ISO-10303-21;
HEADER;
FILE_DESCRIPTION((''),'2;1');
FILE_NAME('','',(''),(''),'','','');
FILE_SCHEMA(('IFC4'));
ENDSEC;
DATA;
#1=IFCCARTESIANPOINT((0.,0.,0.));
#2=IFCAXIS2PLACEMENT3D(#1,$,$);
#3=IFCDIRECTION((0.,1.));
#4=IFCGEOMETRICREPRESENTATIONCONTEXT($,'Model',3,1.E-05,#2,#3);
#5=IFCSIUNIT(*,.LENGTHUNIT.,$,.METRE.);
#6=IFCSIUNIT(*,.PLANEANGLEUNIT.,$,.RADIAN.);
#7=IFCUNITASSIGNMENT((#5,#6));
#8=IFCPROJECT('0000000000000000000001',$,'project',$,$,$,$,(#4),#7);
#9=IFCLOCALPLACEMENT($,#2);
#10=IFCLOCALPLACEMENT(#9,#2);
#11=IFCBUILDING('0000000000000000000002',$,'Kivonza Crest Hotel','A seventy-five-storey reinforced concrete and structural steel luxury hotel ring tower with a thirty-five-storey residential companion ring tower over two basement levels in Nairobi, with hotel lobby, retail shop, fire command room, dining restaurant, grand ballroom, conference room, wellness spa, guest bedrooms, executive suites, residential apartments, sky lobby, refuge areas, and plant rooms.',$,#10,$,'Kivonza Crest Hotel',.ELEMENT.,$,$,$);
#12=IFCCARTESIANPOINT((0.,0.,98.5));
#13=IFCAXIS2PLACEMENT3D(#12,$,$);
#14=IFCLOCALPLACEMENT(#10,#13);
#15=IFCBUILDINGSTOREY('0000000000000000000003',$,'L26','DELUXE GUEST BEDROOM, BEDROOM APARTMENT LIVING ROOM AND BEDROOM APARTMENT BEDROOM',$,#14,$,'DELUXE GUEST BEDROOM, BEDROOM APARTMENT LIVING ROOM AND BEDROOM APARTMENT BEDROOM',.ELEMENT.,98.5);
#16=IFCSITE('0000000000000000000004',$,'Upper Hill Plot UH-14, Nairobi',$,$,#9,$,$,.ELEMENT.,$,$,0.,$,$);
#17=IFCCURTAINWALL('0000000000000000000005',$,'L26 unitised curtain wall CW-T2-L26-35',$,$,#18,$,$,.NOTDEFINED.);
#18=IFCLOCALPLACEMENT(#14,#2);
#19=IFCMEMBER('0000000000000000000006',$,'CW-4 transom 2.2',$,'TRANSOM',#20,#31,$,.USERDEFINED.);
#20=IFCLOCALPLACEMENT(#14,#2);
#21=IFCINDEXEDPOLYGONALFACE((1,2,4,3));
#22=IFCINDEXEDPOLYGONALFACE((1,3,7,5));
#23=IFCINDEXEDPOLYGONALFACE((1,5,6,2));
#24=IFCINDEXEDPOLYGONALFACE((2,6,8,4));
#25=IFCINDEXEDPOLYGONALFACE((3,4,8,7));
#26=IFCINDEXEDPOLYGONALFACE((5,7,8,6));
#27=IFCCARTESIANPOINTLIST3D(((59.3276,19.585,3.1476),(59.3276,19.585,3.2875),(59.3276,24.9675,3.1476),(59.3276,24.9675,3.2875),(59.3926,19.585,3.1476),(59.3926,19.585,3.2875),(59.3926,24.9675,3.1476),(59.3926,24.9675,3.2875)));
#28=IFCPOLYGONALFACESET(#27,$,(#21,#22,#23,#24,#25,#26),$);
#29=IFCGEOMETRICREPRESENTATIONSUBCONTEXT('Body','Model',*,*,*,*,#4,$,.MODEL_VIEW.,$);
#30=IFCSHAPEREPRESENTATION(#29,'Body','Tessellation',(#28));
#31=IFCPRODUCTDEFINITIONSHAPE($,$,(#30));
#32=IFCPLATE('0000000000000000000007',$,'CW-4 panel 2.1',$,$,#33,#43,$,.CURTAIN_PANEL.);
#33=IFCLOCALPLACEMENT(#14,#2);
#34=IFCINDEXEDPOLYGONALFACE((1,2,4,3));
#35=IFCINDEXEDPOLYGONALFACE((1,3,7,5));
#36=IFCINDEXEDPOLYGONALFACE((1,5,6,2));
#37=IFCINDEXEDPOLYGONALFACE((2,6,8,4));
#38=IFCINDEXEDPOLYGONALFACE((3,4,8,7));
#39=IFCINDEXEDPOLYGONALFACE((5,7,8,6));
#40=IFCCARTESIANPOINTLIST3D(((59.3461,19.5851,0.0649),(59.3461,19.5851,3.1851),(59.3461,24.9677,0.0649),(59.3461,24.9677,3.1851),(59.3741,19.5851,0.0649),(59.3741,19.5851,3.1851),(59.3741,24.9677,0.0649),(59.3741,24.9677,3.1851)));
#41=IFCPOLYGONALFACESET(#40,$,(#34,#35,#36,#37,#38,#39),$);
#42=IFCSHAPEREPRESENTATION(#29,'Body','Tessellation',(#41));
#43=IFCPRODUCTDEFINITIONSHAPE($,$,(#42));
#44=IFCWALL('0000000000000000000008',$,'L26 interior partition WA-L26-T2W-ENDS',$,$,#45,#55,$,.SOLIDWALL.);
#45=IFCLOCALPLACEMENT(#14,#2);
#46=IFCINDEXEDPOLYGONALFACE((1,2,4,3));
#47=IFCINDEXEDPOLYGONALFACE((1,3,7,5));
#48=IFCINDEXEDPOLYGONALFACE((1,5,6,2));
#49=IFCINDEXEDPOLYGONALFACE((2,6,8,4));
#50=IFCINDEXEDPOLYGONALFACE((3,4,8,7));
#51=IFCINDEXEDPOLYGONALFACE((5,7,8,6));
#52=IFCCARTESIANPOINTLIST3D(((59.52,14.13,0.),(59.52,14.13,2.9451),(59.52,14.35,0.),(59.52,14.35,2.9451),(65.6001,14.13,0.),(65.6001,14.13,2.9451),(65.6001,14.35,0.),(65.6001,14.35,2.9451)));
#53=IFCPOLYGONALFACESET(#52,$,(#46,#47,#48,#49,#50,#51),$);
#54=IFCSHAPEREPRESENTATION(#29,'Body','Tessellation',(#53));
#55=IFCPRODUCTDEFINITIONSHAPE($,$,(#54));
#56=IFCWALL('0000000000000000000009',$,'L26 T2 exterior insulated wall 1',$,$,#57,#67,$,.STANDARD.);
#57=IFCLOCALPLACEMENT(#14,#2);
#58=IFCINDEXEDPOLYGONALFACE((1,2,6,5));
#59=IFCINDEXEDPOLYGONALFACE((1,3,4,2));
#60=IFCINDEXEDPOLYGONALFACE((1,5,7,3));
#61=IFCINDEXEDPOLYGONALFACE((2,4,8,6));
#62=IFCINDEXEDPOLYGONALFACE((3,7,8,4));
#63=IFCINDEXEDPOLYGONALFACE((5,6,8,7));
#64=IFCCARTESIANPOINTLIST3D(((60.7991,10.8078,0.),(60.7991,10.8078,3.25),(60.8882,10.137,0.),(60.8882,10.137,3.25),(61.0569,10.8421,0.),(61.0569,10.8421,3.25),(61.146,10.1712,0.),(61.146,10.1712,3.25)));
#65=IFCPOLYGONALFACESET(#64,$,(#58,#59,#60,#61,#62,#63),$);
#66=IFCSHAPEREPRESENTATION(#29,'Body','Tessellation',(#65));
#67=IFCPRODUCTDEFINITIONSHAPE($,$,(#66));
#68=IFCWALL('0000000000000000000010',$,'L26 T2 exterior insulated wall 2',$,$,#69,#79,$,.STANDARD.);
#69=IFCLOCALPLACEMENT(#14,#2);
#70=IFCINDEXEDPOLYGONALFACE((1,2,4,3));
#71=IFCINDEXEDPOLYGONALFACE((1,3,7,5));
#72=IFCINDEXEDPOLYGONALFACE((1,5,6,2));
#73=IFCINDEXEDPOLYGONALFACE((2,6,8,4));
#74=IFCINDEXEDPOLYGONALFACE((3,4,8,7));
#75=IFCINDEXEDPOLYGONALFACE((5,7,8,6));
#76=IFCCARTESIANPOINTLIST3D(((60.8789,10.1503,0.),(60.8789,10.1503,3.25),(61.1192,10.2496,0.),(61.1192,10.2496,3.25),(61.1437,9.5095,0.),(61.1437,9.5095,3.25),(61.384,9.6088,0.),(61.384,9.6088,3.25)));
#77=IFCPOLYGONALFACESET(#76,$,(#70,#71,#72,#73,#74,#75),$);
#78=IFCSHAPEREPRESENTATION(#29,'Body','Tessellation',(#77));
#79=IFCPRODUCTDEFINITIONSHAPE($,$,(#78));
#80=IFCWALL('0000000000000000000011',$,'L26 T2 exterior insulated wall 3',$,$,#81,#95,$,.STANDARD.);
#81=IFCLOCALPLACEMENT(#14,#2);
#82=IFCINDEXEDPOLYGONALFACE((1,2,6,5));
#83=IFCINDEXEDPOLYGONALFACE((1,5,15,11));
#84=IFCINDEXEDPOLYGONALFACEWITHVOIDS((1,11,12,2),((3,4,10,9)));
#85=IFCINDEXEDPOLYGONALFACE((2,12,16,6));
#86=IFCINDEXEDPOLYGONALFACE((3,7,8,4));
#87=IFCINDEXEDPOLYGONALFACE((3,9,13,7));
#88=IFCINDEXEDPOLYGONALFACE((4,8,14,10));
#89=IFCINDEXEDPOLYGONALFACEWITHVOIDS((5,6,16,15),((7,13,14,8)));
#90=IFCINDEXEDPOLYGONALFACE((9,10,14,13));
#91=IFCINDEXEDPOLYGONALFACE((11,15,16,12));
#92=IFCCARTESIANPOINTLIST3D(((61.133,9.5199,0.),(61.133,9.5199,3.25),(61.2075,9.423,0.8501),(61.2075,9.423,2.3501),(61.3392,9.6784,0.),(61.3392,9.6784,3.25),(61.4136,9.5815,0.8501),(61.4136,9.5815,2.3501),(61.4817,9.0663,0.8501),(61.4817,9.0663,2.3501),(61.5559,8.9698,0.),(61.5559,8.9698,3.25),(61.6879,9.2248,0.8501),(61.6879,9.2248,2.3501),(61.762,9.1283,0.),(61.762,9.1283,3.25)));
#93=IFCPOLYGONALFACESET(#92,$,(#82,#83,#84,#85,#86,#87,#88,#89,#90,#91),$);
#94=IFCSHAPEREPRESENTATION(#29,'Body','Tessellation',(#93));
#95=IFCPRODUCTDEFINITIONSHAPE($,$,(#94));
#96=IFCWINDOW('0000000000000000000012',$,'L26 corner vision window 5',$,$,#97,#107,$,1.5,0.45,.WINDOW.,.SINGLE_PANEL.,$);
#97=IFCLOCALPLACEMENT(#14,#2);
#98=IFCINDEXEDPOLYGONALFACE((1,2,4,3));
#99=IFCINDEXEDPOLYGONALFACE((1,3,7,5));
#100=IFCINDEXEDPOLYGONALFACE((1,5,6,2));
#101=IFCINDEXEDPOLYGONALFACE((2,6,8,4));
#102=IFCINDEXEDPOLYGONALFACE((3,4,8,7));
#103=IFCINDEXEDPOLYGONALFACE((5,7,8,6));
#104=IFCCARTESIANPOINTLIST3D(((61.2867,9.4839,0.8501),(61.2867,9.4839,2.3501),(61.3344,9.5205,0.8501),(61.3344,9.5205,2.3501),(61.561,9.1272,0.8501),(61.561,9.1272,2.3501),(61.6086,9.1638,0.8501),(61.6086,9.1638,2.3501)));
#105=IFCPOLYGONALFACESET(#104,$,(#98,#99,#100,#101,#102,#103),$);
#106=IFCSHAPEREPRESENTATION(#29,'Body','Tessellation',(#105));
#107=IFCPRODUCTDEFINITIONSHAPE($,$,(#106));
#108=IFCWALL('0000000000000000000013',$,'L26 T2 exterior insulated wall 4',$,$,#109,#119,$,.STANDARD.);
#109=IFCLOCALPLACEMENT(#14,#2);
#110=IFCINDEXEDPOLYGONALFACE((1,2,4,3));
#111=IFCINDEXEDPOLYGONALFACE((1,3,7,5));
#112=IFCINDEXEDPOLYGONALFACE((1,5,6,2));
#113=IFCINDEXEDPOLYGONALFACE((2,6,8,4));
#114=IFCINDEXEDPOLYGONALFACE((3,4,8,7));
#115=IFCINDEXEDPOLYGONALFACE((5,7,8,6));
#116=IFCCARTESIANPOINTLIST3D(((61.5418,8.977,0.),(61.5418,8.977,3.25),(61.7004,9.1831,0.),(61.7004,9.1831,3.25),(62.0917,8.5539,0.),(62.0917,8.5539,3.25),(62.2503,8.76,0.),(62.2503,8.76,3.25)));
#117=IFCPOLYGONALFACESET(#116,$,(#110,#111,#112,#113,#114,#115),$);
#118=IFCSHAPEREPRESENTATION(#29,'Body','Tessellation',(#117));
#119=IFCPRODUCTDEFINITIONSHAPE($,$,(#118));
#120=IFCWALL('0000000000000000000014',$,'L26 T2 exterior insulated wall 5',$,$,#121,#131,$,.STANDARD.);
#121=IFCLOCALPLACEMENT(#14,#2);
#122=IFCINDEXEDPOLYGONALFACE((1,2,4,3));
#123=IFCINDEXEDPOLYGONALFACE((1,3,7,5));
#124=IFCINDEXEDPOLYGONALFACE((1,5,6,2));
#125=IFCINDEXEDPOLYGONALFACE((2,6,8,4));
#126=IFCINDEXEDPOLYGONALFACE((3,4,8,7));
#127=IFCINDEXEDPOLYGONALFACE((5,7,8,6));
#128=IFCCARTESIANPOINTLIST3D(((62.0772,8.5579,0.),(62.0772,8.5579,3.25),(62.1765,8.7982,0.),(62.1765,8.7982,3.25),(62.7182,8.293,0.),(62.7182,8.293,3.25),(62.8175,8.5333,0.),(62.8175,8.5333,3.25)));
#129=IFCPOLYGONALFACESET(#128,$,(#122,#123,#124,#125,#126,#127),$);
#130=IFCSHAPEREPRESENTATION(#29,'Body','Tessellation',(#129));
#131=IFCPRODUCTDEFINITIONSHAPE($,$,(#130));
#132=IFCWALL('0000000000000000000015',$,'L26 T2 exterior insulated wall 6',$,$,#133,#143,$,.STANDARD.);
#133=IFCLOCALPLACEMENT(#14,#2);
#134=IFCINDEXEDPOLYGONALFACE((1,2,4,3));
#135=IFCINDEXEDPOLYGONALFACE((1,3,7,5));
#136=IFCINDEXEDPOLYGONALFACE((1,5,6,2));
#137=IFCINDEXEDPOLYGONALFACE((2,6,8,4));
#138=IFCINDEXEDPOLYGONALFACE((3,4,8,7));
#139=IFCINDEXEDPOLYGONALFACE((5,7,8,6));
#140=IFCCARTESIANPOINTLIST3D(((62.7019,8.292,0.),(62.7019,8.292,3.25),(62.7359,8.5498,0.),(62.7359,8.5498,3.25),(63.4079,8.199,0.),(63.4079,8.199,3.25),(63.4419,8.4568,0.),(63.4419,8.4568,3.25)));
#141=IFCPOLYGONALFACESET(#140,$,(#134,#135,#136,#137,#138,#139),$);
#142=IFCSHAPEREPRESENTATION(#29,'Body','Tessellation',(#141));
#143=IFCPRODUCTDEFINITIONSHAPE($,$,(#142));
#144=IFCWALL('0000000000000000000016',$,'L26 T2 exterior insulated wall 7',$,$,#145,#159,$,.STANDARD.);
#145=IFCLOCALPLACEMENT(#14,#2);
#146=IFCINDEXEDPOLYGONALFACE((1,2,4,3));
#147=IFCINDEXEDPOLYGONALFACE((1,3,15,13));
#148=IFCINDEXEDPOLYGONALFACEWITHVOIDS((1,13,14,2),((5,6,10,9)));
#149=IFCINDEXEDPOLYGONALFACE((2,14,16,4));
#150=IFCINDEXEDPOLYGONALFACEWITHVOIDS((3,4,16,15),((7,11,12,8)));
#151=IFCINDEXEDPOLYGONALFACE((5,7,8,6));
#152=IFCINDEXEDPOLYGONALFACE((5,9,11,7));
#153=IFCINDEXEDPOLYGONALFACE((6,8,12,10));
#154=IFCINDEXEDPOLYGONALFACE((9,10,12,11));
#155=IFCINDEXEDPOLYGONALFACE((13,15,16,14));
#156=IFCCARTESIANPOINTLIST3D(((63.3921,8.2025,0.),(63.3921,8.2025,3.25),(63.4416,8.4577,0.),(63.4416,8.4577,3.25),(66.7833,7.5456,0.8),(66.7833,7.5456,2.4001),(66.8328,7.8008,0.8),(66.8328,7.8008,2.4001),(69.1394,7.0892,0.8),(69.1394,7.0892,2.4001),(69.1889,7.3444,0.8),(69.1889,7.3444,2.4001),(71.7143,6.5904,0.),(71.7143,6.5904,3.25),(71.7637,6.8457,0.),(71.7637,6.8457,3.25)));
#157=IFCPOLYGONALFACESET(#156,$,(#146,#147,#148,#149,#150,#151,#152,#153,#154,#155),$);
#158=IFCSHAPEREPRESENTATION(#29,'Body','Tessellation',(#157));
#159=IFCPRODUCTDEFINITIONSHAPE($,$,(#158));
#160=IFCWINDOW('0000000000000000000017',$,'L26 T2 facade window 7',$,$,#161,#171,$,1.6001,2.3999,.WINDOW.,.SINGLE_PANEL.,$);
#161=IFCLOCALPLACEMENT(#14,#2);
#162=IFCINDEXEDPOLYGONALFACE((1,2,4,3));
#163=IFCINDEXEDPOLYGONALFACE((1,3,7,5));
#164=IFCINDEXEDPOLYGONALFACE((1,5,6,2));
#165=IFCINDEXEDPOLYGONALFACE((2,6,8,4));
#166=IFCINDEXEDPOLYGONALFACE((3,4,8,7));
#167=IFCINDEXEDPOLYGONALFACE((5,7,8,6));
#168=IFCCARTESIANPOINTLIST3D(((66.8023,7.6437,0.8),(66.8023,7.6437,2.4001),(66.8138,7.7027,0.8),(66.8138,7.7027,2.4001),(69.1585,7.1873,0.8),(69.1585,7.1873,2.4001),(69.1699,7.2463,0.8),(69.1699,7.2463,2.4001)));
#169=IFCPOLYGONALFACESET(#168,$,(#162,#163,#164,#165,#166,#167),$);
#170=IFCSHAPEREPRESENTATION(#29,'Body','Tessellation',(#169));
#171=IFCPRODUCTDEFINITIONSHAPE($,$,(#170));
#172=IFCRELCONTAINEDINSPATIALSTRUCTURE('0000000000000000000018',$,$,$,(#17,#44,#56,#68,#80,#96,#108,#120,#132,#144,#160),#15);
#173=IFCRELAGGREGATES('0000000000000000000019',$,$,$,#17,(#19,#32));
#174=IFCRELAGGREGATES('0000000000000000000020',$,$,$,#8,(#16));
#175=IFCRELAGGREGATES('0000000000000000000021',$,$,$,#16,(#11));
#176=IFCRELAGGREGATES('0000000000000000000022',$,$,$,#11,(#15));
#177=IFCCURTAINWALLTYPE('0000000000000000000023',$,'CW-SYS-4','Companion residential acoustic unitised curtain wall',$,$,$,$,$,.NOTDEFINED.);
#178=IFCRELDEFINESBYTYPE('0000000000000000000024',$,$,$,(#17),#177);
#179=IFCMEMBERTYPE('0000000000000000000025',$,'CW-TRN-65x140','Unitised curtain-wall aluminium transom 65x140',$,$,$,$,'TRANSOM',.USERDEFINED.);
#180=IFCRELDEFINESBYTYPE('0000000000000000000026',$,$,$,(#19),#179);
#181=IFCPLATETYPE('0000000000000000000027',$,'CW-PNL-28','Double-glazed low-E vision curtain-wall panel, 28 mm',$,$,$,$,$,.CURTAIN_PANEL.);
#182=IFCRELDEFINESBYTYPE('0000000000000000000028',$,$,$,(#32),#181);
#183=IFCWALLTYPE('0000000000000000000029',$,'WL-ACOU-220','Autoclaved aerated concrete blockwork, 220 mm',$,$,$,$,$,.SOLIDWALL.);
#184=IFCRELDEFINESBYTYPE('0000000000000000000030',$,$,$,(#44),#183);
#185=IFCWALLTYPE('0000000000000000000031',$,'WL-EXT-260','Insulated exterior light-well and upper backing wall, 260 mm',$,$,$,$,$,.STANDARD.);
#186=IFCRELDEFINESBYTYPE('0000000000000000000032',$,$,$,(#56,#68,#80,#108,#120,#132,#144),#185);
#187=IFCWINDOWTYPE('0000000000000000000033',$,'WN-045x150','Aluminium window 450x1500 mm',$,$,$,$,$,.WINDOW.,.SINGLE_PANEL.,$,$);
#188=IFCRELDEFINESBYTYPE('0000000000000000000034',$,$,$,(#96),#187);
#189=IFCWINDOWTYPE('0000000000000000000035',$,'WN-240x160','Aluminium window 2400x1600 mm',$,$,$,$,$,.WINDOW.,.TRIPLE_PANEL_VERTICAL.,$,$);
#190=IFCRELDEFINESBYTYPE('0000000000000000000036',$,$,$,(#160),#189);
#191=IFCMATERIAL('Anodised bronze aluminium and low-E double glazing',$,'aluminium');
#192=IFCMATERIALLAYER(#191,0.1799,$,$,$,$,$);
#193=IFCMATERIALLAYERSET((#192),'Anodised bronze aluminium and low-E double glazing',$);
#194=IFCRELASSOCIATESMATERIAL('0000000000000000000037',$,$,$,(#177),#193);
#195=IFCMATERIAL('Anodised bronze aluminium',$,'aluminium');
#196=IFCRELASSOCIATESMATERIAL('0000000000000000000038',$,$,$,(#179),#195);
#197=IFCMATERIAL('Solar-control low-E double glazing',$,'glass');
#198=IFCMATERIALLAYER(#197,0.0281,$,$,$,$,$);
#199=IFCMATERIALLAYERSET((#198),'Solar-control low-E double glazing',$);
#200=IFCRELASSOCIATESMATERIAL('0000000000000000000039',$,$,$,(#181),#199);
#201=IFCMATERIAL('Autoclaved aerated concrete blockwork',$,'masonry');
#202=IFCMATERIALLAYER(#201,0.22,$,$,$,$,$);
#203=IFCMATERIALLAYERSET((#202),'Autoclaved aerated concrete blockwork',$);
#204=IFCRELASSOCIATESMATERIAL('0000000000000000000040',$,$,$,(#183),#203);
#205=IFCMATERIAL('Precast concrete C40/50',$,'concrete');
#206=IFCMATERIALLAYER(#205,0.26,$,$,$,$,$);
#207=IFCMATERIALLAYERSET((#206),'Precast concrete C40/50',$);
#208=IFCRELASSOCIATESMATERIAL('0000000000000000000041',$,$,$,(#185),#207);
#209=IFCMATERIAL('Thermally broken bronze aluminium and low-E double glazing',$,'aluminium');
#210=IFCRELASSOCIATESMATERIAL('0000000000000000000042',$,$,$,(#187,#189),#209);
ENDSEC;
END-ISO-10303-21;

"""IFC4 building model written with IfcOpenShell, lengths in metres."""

from ifc_helpers import new_model, si_unit, direction, frame, frame_2d, origin, origin_2d, place, context, subcontext, project, spatial, rectangle, extrude, material, layer, layer_set, material_profile, profile_set, type_object, element, fill, aggregate, save


model = new_model("IFC4")

# Units and contexts
model_context = context("Model", 3, precision=1e-05, world=origin(), true_north=direction((0.0, 1.0)))
body_context = subcontext(model_context, "Body", "Model", "MODEL_VIEW")
ifc_project = project(units=[si_unit("LENGTHUNIT", "METRE"), si_unit("PLANEANGLEUNIT", "RADIAN")], contexts=[model_context])

# Site, building, storey
site_placement = place(None, origin())
site = spatial("IfcSite", under=ifc_project, at=site_placement, Name="Upper Hill Plot UH-14, Nairobi", CompositionType="ELEMENT", RefElevation=0.0)
building_placement = place(site_placement, origin())
building = spatial("IfcBuilding", under=site, at=building_placement, Name="Kivonza Crest Hotel", Description="A seventy-five-storey reinforced concrete and structural steel luxury hotel ring tower with a thirty-five-storey residential companion ring tower over two basement levels in Nairobi, with hotel lobby, retail shop, fire command room, dining restaurant, grand ballroom, conference room, wellness spa, guest bedrooms, executive suites, residential apartments, sky lobby, refuge areas, and plant rooms.", LongName="Kivonza Crest Hotel", CompositionType="ELEMENT")
storey_placement = place(building_placement, frame((0.0, 0.0, 98.5)))
storey = spatial("IfcBuildingStorey", under=building, at=storey_placement, Name="L26", Description="DELUXE GUEST BEDROOM, BEDROOM APARTMENT LIVING ROOM AND BEDROOM APARTMENT BEDROOM", LongName="DELUXE GUEST BEDROOM, BEDROOM APARTMENT LIVING ROOM AND BEDROOM APARTMENT BEDROOM", CompositionType="ELEMENT", Elevation=98.5)

# Curtain wall, member, plate
ifc_material_1 = material(Name="Anodised bronze aluminium and low-E double glazing", Category="aluminium")
ifc_layer_1 = layer(ifc_material_1, 0.1799)
ifc_layer_set_1 = layer_set([ifc_layer_1], Name="Anodised bronze aluminium and low-E double glazing")
curtain_wall_type = type_object("IfcCurtainWallType", Name="CW-SYS-4", Description="Companion residential acoustic unitised curtain wall", PredefinedType="NOTDEFINED", material=ifc_layer_set_1)
curtain_wall_placement = place(storey_placement, origin())
curtain_wall = element("IfcCurtainWall", 1, at=curtain_wall_placement, inside=storey, type_object=curtain_wall_type, Name="L26 unitised curtain wall CW-T2-L26-35", PredefinedType="NOTDEFINED")
ifc_material_2 = material(Name="Anodised bronze aluminium", Category="aluminium")
ifc_material_profile_1 = material_profile(ifc_material_2, rectangle(XDim=0.0649, YDim=0.1399, at=origin_2d()), Name="CW-T 65x140")
ifc_profile_set_1 = profile_set([ifc_material_profile_1], Name="Anodised bronze aluminium")
member_type = type_object("IfcMemberType", Name="CW-TRN-65x140", Description="Unitised curtain-wall aluminium transom 65x140", ElementType="TRANSOM", PredefinedType="USERDEFINED", material=ifc_profile_set_1)
member_1_placement = place(storey_placement, frame((59.3601, 24.9675, 3.2175), z_axis=(0.0, -1.0, 0.0), x_axis=(1.0, 0.0, 0.0)))
member_1 = element("IfcMember", 2, at=member_1_placement, type_object=member_type, Name="CW-4 transom 2.2", ObjectType="TRANSOM", PredefinedType="USERDEFINED", context=body_context, shape_type="SweptSolid", body=[
    extrude(rectangle(XDim=0.0649, YDim=0.1399, at=origin_2d()), origin(), (0.0, 0.0, 1.0), 5.3826),
])
ifc_material_3 = material(Name="Solar-control low-E double glazing", Category="glass")
ifc_layer_2 = layer(ifc_material_3, 0.0281)
ifc_layer_set_2 = layer_set([ifc_layer_2], Name="Solar-control low-E double glazing")
plate_type = type_object("IfcPlateType", Name="CW-PNL-28", Description="Double-glazed low-E vision curtain-wall panel, 28 mm", PredefinedType="CURTAIN_PANEL", material=ifc_layer_set_2)
plate_placement = place(storey_placement, frame((59.3601, 22.2764, 0.0649), z_axis=(0.0, 0.0, 1.0), x_axis=(0.0, -1.0, 0.0)))
plate = element("IfcPlate", 3, at=plate_placement, type_object=plate_type, Name="CW-4 panel 2.1", PredefinedType="CURTAIN_PANEL", context=body_context, shape_type="SweptSolid", body=[
    extrude(rectangle(XDim=5.3826, YDim=0.0281, at=origin_2d()), origin(), (0.0, 0.0, 1.0), 3.1201),
])
aggregate(curtain_wall, [member_1, plate])

# Walls
ifc_material_4 = material(Name="Autoclaved aerated concrete blockwork", Category="masonry")
ifc_layer_3 = layer(ifc_material_4, 0.22)
ifc_layer_set_3 = layer_set([ifc_layer_3], Name="Autoclaved aerated concrete blockwork")
wall_type_1 = type_object("IfcWallType", Name="WL-ACOU-220", Description="Autoclaved aerated concrete blockwork, 220 mm", PredefinedType="SOLIDWALL", material=ifc_layer_set_3)
wall_1_placement = place(storey_placement, frame((59.52, 14.24, 0.0), z_axis=(0.0, 0.0, 1.0), x_axis=(1.0, 0.0, 0.0)))
element("IfcWall", 4, at=wall_1_placement, inside=storey, type_object=wall_type_1, Name="L26 interior partition WA-L26-T2W-ENDS", PredefinedType="SOLIDWALL", context=body_context, shape_type="SweptSolid", body=[
    extrude(rectangle(XDim=6.0801, YDim=0.22, at=frame_2d((3.04, 0.0))), origin(), (0.0, 0.0, 1.0), 2.9451),
])
ifc_material_5 = material(Name="Precast concrete C40/50", Category="concrete")
ifc_layer_4 = layer(ifc_material_5, 0.26)
ifc_layer_set_4 = layer_set([ifc_layer_4], Name="Precast concrete C40/50")
wall_type_2 = type_object("IfcWallType", Name="WL-EXT-260", Description="Insulated exterior light-well and upper backing wall, 260 mm", PredefinedType="STANDARD", material=ifc_layer_set_4)
wall_2_placement = place(storey_placement, frame((60.928, 10.825, 0.0), z_axis=(0.0, 0.0, 1.0), x_axis=(0.131667, -0.991294, 0.0)))
element("IfcWall", 5, at=wall_2_placement, inside=storey, type_object=wall_type_2, Name="L26 T2 exterior insulated wall 1", PredefinedType="STANDARD", context=body_context, shape_type="SweptSolid", body=[
    extrude(rectangle(XDim=0.6768, YDim=0.26, at=frame_2d((0.3384, 0.0))), origin(), (0.0, 0.0, 1.0), 3.25),
])
wall_3_placement = place(storey_placement, frame((60.999, 10.2, 0.0), z_axis=(0.0, 0.0, 1.0), x_axis=(0.381989, -0.924167, 0.0)))
element("IfcWall", 6, at=wall_3_placement, inside=storey, type_object=wall_type_2, Name="L26 T2 exterior insulated wall 2", PredefinedType="STANDARD", context=body_context, shape_type="SweptSolid", body=[
    extrude(rectangle(XDim=0.6934, YDim=0.26, at=frame_2d((0.3467, 0.0))), origin(), (0.0, 0.0, 1.0), 3.25),
])

# Wall, opening, window
wall_4_placement = place(storey_placement, frame((61.2361, 9.5991, 0.0), z_axis=(0.0, 0.0, 1.0), x_axis=(0.609473, -0.792807, 0.0)))
wall_4 = element("IfcWall", 7, at=wall_4_placement, inside=storey, type_object=wall_type_2, Name="L26 T2 exterior insulated wall 3", PredefinedType="STANDARD", context=body_context, shape_type="SweptSolid", body=[
    extrude(rectangle(XDim=0.6938, YDim=0.26, at=frame_2d((0.3469, 0.0))), origin(), (0.0, 0.0, 1.0), 3.25),
])
opening_1_placement = place(wall_4_placement, frame((0.1221, 0.0, 0.8501)))
opening_1 = element("IfcOpeningElement", 8, at=opening_1_placement, cuts=wall_4, PredefinedType="OPENING", context=body_context, shape_type="SweptSolid", body=[
    extrude(rectangle(XDim=0.45, YDim=1.5, at=frame_2d((0.2251, 0.75))), frame((0.0, 0.1401, 0.0), z_axis=(0.0, -1.0, 0.0), x_axis=(1.0, 0.0, 0.0)), (0.0, 0.0, 1.0), 0.28),
])
ifc_material_6 = material(Name="Thermally broken bronze aluminium and low-E double glazing", Category="aluminium")
window_type_1 = type_object("IfcWindowType", Name="WN-045x150", Description="Aluminium window 450x1500 mm", PartitioningType="SINGLE_PANEL", PredefinedType="WINDOW", material=ifc_material_6)
window_1_placement = place(opening_1_placement, origin())
window_1 = element("IfcWindow", 9, at=window_1_placement, inside=storey, type_object=window_type_1, Name="L26 corner vision window 5", OverallHeight=1.5, OverallWidth=0.45, PartitioningType="SINGLE_PANEL", PredefinedType="WINDOW", context=body_context, shape_type="SweptSolid", body=[
    extrude(rectangle(XDim=0.45, YDim=1.5, at=frame_2d((0.2251, 0.75))), frame((0.0, 0.03, 0.0), z_axis=(0.0, -1.0, 0.0), x_axis=(1.0, 0.0, 0.0)), (0.0, 0.0, 1.0), 0.0601),
])
fill(opening_1, window_1)

# Walls
wall_5_placement = place(storey_placement, frame((61.6211, 9.0801, 0.0), z_axis=(0.0, 0.0, 1.0), x_axis=(0.792506, -0.609864, 0.0)))
element("IfcWall", 10, at=wall_5_placement, inside=storey, type_object=wall_type_2, Name="L26 T2 exterior insulated wall 4", PredefinedType="STANDARD", context=body_context, shape_type="SweptSolid", body=[
    extrude(rectangle(XDim=0.6938, YDim=0.26, at=frame_2d((0.3469, 0.0))), origin(), (0.0, 0.0, 1.0), 3.25),
])
wall_6_placement = place(storey_placement, frame((62.127, 8.678, 0.0), z_axis=(0.0, 0.0, 1.0), x_axis=(0.924218, -0.381865, 0.0)))
element("IfcWall", 11, at=wall_6_placement, inside=storey, type_object=wall_type_2, Name="L26 T2 exterior insulated wall 5", PredefinedType="STANDARD", context=body_context, shape_type="SweptSolid", body=[
    extrude(rectangle(XDim=0.6936, YDim=0.26, at=frame_2d((0.3467, 0.0))), origin(), (0.0, 0.0, 1.0), 3.25),
])
wall_7_placement = place(storey_placement, frame((62.719, 8.4209, 0.0), z_axis=(0.0, 0.0, 1.0), x_axis=(0.991433, -0.130614, 0.0)))
element("IfcWall", 12, at=wall_7_placement, inside=storey, type_object=wall_type_2, Name="L26 T2 exterior insulated wall 6", PredefinedType="STANDARD", context=body_context, shape_type="SweptSolid", body=[
    extrude(rectangle(XDim=0.7122, YDim=0.26, at=frame_2d((0.356, 0.0))), origin(), (0.0, 0.0, 1.0), 3.25),
])

# Wall, opening, window
wall_8_placement = place(storey_placement, frame((63.417, 8.3301, 0.0), z_axis=(0.0, 0.0, 1.0), x_axis=(0.98175, -0.190175, 0.0)))
wall_8 = element("IfcWall", 13, at=wall_8_placement, inside=storey, type_object=wall_type_2, Name="L26 T2 exterior insulated wall 7", PredefinedType="STANDARD", context=body_context, shape_type="SweptSolid", body=[
    extrude(rectangle(XDim=8.4768, YDim=0.26, at=frame_2d((4.2383, 0.0))), origin(), (0.0, 0.0, 1.0), 3.25),
])
opening_2_placement = place(wall_8_placement, frame((3.4541, 0.0, 0.8)))
opening_2 = element("IfcOpeningElement", 14, at=opening_2_placement, cuts=wall_8, PredefinedType="OPENING", context=body_context, shape_type="SweptSolid", body=[
    extrude(rectangle(XDim=2.3999, YDim=1.6001, at=frame_2d((1.2, 0.8))), frame((0.0, 0.1401, 0.0), z_axis=(0.0, -1.0, 0.0), x_axis=(1.0, 0.0, 0.0)), (0.0, 0.0, 1.0), 0.28),
])
window_type_2 = type_object("IfcWindowType", Name="WN-240x160", Description="Aluminium window 2400x1600 mm", PartitioningType="TRIPLE_PANEL_VERTICAL", PredefinedType="WINDOW", material=ifc_material_6)
window_2_placement = place(opening_2_placement, origin())
window_2 = element("IfcWindow", 15, at=window_2_placement, inside=storey, type_object=window_type_2, Name="L26 T2 facade window 7", OverallHeight=1.6001, OverallWidth=2.3999, PartitioningType="SINGLE_PANEL", PredefinedType="WINDOW", context=body_context, shape_type="SweptSolid", body=[
    extrude(rectangle(XDim=2.3999, YDim=1.6001, at=frame_2d((1.2, 0.8))), frame((0.0, 0.03, 0.0), z_axis=(0.0, -1.0, 0.0), x_axis=(1.0, 0.0, 0.0)), (0.0, 0.0, 1.0), 0.0601),
])
fill(opening_2, window_2)

save(model, "model.ifc")
